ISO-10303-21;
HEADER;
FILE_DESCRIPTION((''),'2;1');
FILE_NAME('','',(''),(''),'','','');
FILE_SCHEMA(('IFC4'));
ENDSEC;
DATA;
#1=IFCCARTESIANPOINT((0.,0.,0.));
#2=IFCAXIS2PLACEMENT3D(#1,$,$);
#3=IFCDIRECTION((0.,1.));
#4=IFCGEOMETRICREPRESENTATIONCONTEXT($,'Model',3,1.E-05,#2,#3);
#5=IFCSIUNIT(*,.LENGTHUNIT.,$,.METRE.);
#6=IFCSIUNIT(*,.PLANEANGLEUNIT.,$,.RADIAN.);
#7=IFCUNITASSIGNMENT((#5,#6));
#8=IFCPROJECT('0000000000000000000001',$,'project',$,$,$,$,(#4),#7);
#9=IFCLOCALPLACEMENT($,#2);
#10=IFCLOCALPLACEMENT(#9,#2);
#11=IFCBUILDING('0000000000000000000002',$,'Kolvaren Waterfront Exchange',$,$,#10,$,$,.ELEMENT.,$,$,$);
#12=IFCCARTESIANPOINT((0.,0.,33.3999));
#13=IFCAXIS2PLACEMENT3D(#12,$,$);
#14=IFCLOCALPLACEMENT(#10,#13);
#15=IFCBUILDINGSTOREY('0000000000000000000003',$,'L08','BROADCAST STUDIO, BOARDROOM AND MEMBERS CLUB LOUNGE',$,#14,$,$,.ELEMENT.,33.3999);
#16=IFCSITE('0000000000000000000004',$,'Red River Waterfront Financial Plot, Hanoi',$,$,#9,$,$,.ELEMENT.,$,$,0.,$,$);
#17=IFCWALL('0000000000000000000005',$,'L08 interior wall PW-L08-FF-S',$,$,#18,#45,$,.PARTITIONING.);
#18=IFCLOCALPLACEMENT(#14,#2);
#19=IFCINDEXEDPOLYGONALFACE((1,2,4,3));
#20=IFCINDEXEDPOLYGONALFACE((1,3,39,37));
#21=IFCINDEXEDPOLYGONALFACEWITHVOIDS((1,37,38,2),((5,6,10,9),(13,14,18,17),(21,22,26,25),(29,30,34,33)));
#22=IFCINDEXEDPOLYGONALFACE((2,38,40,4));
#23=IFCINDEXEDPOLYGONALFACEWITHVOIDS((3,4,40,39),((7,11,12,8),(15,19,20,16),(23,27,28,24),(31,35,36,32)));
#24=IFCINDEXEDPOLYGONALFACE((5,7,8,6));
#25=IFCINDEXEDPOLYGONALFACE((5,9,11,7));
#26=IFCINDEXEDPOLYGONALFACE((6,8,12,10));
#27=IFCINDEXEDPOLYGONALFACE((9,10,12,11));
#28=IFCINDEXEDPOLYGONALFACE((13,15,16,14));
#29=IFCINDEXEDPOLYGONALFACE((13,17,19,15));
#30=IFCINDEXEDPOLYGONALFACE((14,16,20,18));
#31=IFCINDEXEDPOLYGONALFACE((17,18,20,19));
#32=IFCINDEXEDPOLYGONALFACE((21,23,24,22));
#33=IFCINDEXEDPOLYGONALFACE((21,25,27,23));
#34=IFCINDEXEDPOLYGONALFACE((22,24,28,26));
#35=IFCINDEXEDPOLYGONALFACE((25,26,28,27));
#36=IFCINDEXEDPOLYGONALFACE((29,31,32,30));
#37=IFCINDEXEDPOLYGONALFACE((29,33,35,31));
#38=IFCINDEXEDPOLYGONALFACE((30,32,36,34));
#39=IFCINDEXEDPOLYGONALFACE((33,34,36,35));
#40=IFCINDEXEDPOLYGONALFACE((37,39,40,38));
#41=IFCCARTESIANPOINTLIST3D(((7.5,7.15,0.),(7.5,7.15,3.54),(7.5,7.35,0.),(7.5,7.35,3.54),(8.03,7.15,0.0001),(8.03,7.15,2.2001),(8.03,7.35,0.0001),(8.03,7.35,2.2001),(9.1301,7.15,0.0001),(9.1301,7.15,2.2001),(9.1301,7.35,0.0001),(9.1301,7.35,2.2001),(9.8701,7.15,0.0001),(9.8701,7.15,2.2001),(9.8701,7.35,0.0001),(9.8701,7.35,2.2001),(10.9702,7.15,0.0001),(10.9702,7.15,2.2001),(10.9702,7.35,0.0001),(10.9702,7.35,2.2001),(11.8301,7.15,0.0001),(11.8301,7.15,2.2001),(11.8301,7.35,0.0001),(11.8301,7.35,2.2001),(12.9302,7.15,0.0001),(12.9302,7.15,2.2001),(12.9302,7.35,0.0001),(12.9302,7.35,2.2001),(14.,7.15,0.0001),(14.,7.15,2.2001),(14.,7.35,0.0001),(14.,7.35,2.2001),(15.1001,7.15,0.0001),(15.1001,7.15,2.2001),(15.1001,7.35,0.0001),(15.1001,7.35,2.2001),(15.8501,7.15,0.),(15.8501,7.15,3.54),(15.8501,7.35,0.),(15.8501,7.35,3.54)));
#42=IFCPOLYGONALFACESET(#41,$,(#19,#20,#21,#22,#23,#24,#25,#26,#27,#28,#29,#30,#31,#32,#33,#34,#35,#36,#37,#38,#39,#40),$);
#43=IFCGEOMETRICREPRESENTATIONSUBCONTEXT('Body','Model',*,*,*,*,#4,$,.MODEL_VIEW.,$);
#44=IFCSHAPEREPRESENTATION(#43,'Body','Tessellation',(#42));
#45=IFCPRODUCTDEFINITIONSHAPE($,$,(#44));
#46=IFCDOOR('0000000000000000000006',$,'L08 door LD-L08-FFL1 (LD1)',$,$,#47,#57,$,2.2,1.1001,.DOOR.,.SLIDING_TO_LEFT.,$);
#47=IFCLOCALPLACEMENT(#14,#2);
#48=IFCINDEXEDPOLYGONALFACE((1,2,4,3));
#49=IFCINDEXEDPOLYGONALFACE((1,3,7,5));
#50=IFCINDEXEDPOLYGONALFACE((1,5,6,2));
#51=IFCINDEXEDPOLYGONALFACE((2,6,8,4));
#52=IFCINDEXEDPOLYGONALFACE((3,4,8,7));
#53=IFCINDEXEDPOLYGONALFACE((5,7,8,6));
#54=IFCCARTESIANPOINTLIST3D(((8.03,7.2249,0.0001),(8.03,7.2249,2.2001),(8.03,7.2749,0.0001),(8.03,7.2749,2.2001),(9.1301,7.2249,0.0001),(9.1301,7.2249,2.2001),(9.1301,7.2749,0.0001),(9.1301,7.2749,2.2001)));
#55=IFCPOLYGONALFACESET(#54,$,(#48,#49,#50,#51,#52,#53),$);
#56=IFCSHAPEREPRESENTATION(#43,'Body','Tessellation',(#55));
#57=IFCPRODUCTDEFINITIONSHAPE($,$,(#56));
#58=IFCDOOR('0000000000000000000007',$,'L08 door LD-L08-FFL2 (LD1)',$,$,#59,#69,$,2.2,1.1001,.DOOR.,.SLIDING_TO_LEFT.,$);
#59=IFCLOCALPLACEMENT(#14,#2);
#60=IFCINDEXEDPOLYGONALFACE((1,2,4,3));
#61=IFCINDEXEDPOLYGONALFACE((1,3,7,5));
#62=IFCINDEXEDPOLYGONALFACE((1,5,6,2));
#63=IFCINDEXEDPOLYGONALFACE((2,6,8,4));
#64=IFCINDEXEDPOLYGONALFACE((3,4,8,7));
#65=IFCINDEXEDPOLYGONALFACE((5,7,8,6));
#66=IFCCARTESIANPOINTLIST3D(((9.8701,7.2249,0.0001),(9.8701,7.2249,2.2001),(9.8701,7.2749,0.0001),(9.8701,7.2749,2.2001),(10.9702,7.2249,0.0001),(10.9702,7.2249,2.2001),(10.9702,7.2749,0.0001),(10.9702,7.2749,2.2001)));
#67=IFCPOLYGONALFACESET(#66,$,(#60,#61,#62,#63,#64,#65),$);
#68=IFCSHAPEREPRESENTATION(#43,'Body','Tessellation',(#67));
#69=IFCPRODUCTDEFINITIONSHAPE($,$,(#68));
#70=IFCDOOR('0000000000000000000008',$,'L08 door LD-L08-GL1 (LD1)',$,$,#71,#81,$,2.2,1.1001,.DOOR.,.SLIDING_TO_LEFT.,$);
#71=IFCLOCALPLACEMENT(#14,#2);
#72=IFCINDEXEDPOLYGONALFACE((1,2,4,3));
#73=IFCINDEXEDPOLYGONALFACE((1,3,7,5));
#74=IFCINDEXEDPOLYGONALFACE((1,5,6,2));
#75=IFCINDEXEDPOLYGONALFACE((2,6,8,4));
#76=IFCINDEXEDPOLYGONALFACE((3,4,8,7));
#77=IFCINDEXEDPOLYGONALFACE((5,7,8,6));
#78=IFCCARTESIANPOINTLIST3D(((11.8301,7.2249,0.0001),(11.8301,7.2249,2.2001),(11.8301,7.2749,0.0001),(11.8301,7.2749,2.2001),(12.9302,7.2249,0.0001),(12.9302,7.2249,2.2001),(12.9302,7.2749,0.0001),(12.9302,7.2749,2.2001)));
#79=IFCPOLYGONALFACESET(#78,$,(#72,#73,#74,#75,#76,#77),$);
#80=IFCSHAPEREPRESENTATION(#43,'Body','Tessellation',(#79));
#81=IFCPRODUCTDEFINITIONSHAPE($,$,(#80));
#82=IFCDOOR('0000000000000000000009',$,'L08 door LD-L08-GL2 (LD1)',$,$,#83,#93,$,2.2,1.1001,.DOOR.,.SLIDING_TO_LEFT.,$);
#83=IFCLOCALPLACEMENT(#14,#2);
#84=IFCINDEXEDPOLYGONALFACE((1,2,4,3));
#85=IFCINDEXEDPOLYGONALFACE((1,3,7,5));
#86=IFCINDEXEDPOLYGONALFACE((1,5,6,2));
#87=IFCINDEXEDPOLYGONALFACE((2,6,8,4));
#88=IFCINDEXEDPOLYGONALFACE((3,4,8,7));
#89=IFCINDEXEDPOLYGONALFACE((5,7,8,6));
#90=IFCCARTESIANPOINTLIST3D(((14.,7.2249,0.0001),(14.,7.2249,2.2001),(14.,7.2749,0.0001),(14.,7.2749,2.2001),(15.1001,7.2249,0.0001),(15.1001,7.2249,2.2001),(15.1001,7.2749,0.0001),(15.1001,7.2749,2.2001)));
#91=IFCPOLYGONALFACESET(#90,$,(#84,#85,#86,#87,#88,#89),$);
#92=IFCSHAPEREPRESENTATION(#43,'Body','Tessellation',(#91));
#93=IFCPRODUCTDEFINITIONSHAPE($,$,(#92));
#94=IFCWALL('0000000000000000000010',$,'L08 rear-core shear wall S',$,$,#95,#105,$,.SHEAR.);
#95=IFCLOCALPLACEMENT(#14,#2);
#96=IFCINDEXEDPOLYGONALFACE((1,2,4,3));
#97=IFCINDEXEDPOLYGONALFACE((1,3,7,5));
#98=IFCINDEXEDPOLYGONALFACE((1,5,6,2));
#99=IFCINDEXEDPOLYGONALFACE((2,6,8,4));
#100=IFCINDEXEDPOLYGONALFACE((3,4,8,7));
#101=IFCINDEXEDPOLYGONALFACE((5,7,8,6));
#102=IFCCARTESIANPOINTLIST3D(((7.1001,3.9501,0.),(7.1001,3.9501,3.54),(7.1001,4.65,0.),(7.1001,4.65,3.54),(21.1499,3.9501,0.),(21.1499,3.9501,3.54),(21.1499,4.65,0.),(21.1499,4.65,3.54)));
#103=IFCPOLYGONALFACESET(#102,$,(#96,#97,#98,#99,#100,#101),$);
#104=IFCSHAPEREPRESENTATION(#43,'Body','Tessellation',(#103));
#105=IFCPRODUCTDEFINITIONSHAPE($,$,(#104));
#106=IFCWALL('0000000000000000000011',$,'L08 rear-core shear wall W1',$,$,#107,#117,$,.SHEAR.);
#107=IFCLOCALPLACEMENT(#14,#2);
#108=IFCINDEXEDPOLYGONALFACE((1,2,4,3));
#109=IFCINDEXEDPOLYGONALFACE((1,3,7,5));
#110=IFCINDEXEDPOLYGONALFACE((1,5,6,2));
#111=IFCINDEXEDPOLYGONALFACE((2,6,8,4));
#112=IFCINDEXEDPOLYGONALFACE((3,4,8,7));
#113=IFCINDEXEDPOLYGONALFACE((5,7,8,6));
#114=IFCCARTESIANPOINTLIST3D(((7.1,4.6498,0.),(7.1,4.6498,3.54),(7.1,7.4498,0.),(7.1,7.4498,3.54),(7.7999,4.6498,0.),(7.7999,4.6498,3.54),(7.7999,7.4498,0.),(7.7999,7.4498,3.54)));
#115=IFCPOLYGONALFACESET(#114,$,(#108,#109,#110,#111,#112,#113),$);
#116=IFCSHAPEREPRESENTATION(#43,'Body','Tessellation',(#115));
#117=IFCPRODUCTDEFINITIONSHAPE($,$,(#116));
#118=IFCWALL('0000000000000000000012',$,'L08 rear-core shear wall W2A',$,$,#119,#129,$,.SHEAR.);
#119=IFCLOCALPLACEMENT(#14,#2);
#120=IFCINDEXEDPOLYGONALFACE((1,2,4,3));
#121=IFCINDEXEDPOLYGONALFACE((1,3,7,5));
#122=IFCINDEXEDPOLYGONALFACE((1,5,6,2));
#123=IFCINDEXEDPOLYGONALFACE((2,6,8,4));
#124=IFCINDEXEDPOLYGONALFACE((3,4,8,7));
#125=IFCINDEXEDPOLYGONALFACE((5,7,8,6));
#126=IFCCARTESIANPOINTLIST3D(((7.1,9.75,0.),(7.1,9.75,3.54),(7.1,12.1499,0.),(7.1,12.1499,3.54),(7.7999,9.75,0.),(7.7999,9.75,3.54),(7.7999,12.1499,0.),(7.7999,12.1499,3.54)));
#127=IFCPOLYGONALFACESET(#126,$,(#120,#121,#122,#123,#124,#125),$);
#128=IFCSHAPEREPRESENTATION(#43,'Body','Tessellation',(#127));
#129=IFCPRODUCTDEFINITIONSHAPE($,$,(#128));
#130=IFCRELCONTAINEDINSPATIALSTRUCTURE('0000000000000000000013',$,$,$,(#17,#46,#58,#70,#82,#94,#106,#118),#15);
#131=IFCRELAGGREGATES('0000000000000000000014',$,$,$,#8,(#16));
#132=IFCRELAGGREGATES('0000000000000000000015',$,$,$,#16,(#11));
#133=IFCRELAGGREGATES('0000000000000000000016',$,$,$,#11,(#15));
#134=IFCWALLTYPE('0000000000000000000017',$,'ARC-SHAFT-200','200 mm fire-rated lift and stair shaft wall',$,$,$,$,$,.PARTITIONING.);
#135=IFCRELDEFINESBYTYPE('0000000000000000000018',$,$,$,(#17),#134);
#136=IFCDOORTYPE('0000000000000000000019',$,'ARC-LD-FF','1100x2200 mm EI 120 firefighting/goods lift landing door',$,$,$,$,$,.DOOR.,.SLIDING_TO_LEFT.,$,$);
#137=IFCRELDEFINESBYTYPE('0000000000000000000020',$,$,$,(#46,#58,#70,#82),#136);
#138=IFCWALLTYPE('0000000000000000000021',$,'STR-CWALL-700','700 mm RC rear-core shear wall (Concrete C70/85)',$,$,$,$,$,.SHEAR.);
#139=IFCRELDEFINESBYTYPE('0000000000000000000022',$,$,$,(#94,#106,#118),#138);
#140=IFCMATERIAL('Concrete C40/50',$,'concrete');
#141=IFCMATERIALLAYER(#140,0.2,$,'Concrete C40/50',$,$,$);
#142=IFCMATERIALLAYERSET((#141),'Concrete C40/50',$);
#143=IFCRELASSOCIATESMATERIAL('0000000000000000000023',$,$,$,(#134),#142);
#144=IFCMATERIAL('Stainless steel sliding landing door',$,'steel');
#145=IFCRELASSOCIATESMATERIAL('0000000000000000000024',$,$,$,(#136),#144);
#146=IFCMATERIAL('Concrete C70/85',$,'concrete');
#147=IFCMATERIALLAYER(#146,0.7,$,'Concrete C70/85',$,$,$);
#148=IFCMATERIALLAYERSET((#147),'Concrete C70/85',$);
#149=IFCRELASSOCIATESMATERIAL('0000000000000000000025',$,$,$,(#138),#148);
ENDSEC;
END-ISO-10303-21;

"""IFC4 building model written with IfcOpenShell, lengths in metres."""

from ifc_helpers import new_model, si_unit, direction, frame, frame_2d, origin, place, context, subcontext, project, spatial, rectangle, extrude, material, layer, layer_set, type_object, element, fill, save


model = new_model("IFC4")

# Units and contexts
model_context = context("Model", 3, precision=1e-05, world=origin(), true_north=direction((0.0, 1.0)))
body_context = subcontext(model_context, "Body", "Model", "MODEL_VIEW")
ifc_project = project(units=[si_unit("LENGTHUNIT", "METRE"), si_unit("PLANEANGLEUNIT", "RADIAN")], contexts=[model_context])

# Site, building, storey
site_placement = place(None, origin())
site = spatial("IfcSite", under=ifc_project, at=site_placement, Name="Red River Waterfront Financial Plot, Hanoi", CompositionType="ELEMENT", RefElevation=0.0)
building_placement = place(site_placement, origin())
building = spatial("IfcBuilding", under=site, at=building_placement, Name="Kolvaren Waterfront Exchange", CompositionType="ELEMENT")
storey_placement = place(building_placement, frame((0.0, 0.0, 33.3999)))
storey = spatial("IfcBuildingStorey", under=building, at=storey_placement, Name="L08", Description="BROADCAST STUDIO, BOARDROOM AND MEMBERS CLUB LOUNGE", CompositionType="ELEMENT", Elevation=33.3999)

# Shared definitions
ifc_material_1 = material(Name="Concrete C70/85", Category="concrete")

# Wall, openings, doors
ifc_material_2 = material(Name="Concrete C40/50", Category="concrete")
ifc_layer_1 = layer(ifc_material_2, 0.2, Name="Concrete C40/50")
ifc_layer_set_1 = layer_set([ifc_layer_1], Name="Concrete C40/50")
wall_type_1 = type_object("IfcWallType", Name="ARC-SHAFT-200", Description="200 mm fire-rated lift and stair shaft wall", PredefinedType="PARTITIONING", material=ifc_layer_set_1)
wall_1_placement = place(storey_placement, frame((7.5, 7.25, 0.0), z_axis=(0.0, 0.0, 1.0), x_axis=(1.0, 0.0, 0.0)))
wall_1 = element("IfcWall", 1, at=wall_1_placement, inside=storey, type_object=wall_type_1, Name="L08 interior wall PW-L08-FF-S", PredefinedType="PARTITIONING", context=body_context, shape_type="SweptSolid", body=[
    extrude(rectangle(XDim=8.3501, YDim=0.2, at=frame_2d((4.175, 0.0))), origin(), (0.0, 0.0, 1.0), 3.54),
])
opening_1_placement = place(wall_1_placement, frame((0.53, 0.0, 0.0)))
opening_1 = element("IfcOpeningElement", 2, at=opening_1_placement, cuts=wall_1, PredefinedType="OPENING", context=body_context, shape_type="SweptSolid", body=[
    extrude(rectangle(XDim=1.1001, YDim=2.2, at=frame_2d((0.55, 1.1001))), frame((0.0, 0.1099, 0.0), z_axis=(0.0, -1.0, 0.0), x_axis=(1.0, 0.0, 0.0)), (0.0, 0.0, 1.0), 0.22),
])
opening_2_placement = place(wall_1_placement, frame((2.3701, 0.0, 0.0)))
opening_2 = element("IfcOpeningElement", 3, at=opening_2_placement, cuts=wall_1, PredefinedType="OPENING", context=body_context, shape_type="SweptSolid", body=[
    extrude(rectangle(XDim=1.1001, YDim=2.2, at=frame_2d((0.55, 1.1001))), frame((0.0, 0.1099, 0.0), z_axis=(0.0, -1.0, 0.0), x_axis=(1.0, 0.0, 0.0)), (0.0, 0.0, 1.0), 0.22),
])
opening_3_placement = place(wall_1_placement, frame((4.3301, 0.0, 0.0)))
opening_3 = element("IfcOpeningElement", 4, at=opening_3_placement, cuts=wall_1, PredefinedType="OPENING", context=body_context, shape_type="SweptSolid", body=[
    extrude(rectangle(XDim=1.1001, YDim=2.2, at=frame_2d((0.55, 1.1001))), frame((0.0, 0.1099, 0.0), z_axis=(0.0, -1.0, 0.0), x_axis=(1.0, 0.0, 0.0)), (0.0, 0.0, 1.0), 0.22),
])
opening_4_placement = place(wall_1_placement, frame((6.5, 0.0, 0.0)))
opening_4 = element("IfcOpeningElement", 5, at=opening_4_placement, cuts=wall_1, PredefinedType="OPENING", context=body_context, shape_type="SweptSolid", body=[
    extrude(rectangle(XDim=1.1001, YDim=2.2, at=frame_2d((0.55, 1.1001))), frame((0.0, 0.1099, 0.0), z_axis=(0.0, -1.0, 0.0), x_axis=(1.0, 0.0, 0.0)), (0.0, 0.0, 1.0), 0.22),
])
ifc_material_3 = material(Name="Stainless steel sliding landing door", Category="steel")
door_type_1 = type_object("IfcDoorType", Name="ARC-LD-FF", Description="1100x2200 mm EI 120 firefighting/goods lift landing door", OperationType="SLIDING_TO_LEFT", PredefinedType="DOOR", material=ifc_material_3)
door_1_placement = place(opening_1_placement, origin())
door_1 = element("IfcDoor", 6, at=door_1_placement, inside=storey, type_object=door_type_1, Name="L08 door LD-L08-FFL1 (LD1)", OperationType="SLIDING_TO_LEFT", OverallHeight=2.2, OverallWidth=1.1001, PredefinedType="DOOR", context=body_context, shape_type="SweptSolid", body=[
    extrude(rectangle(XDim=1.1001, YDim=2.2, at=frame_2d((0.55, 1.1001))), frame((0.0, 0.0249, 0.0), z_axis=(0.0, -1.0, 0.0), x_axis=(1.0, 0.0, 0.0)), (0.0, 0.0, 1.0), 0.05),
])
fill(opening_1, door_1)
door_2_placement = place(opening_2_placement, origin())
door_2 = element("IfcDoor", 7, at=door_2_placement, inside=storey, type_object=door_type_1, Name="L08 door LD-L08-FFL2 (LD1)", OperationType="SLIDING_TO_LEFT", OverallHeight=2.2, OverallWidth=1.1001, PredefinedType="DOOR", context=body_context, shape_type="SweptSolid", body=[
    extrude(rectangle(XDim=1.1001, YDim=2.2, at=frame_2d((0.55, 1.1001))), frame((0.0, 0.0249, 0.0), z_axis=(0.0, -1.0, 0.0), x_axis=(1.0, 0.0, 0.0)), (0.0, 0.0, 1.0), 0.05),
])
fill(opening_2, door_2)
door_3_placement = place(opening_3_placement, origin())
door_3 = element("IfcDoor", 8, at=door_3_placement, inside=storey, type_object=door_type_1, Name="L08 door LD-L08-GL1 (LD1)", OperationType="SLIDING_TO_LEFT", OverallHeight=2.2, OverallWidth=1.1001, PredefinedType="DOOR", context=body_context, shape_type="SweptSolid", body=[
    extrude(rectangle(XDim=1.1001, YDim=2.2, at=frame_2d((0.55, 1.1001))), frame((0.0, 0.0249, 0.0), z_axis=(0.0, -1.0, 0.0), x_axis=(1.0, 0.0, 0.0)), (0.0, 0.0, 1.0), 0.05),
])
fill(opening_3, door_3)
door_4_placement = place(opening_4_placement, origin())
door_4 = element("IfcDoor", 9, at=door_4_placement, inside=storey, type_object=door_type_1, Name="L08 door LD-L08-GL2 (LD1)", OperationType="SLIDING_TO_LEFT", OverallHeight=2.2, OverallWidth=1.1001, PredefinedType="DOOR", context=body_context, shape_type="SweptSolid", body=[
    extrude(rectangle(XDim=1.1001, YDim=2.2, at=frame_2d((0.55, 1.1001))), frame((0.0, 0.0249, 0.0), z_axis=(0.0, -1.0, 0.0), x_axis=(1.0, 0.0, 0.0)), (0.0, 0.0, 1.0), 0.05),
])
fill(opening_4, door_4)

# Walls
ifc_layer_2 = layer(ifc_material_1, 0.7, Name="Concrete C70/85")
ifc_layer_set_2 = layer_set([ifc_layer_2], Name="Concrete C70/85")
wall_type_2 = type_object("IfcWallType", Name="STR-CWALL-700", Description="700 mm RC rear-core shear wall (Concrete C70/85)", PredefinedType="SHEAR", material=ifc_layer_set_2)
wall_2_placement = place(storey_placement, frame((7.1001, 4.3, 0.0), z_axis=(0.0, 0.0, 1.0), x_axis=(1.0, 0.0, 0.0)))
element("IfcWall", 10, at=wall_2_placement, inside=storey, type_object=wall_type_2, Name="L08 rear-core shear wall S", PredefinedType="SHEAR", context=body_context, shape_type="SweptSolid", body=[
    extrude(rectangle(XDim=14.0498, YDim=0.7, at=frame_2d((7.0249, 0.0))), origin(), (0.0, 0.0, 1.0), 3.54),
])
wall_3_placement = place(storey_placement, frame((7.45, 4.6499, 0.0), z_axis=(0.0, 0.0, 1.0), x_axis=(0.0, 1.0, 0.0)))
element("IfcWall", 11, at=wall_3_placement, inside=storey, type_object=wall_type_2, Name="L08 rear-core shear wall W1", PredefinedType="SHEAR", context=body_context, shape_type="SweptSolid", body=[
    extrude(rectangle(XDim=2.8, YDim=0.7, at=frame_2d((1.3999, 0.0))), origin(), (0.0, 0.0, 1.0), 3.54),
])
wall_4_placement = place(storey_placement, frame((7.45, 9.75, 0.0), z_axis=(0.0, 0.0, 1.0), x_axis=(0.0, 1.0, 0.0)))
element("IfcWall", 12, at=wall_4_placement, inside=storey, type_object=wall_type_2, Name="L08 rear-core shear wall W2A", PredefinedType="SHEAR", context=body_context, shape_type="SweptSolid", body=[
    extrude(rectangle(XDim=2.3999, YDim=0.7, at=frame_2d((1.2, 0.0))), origin(), (0.0, 0.0, 1.0), 3.54),
])

save(model, "model.ifc")
